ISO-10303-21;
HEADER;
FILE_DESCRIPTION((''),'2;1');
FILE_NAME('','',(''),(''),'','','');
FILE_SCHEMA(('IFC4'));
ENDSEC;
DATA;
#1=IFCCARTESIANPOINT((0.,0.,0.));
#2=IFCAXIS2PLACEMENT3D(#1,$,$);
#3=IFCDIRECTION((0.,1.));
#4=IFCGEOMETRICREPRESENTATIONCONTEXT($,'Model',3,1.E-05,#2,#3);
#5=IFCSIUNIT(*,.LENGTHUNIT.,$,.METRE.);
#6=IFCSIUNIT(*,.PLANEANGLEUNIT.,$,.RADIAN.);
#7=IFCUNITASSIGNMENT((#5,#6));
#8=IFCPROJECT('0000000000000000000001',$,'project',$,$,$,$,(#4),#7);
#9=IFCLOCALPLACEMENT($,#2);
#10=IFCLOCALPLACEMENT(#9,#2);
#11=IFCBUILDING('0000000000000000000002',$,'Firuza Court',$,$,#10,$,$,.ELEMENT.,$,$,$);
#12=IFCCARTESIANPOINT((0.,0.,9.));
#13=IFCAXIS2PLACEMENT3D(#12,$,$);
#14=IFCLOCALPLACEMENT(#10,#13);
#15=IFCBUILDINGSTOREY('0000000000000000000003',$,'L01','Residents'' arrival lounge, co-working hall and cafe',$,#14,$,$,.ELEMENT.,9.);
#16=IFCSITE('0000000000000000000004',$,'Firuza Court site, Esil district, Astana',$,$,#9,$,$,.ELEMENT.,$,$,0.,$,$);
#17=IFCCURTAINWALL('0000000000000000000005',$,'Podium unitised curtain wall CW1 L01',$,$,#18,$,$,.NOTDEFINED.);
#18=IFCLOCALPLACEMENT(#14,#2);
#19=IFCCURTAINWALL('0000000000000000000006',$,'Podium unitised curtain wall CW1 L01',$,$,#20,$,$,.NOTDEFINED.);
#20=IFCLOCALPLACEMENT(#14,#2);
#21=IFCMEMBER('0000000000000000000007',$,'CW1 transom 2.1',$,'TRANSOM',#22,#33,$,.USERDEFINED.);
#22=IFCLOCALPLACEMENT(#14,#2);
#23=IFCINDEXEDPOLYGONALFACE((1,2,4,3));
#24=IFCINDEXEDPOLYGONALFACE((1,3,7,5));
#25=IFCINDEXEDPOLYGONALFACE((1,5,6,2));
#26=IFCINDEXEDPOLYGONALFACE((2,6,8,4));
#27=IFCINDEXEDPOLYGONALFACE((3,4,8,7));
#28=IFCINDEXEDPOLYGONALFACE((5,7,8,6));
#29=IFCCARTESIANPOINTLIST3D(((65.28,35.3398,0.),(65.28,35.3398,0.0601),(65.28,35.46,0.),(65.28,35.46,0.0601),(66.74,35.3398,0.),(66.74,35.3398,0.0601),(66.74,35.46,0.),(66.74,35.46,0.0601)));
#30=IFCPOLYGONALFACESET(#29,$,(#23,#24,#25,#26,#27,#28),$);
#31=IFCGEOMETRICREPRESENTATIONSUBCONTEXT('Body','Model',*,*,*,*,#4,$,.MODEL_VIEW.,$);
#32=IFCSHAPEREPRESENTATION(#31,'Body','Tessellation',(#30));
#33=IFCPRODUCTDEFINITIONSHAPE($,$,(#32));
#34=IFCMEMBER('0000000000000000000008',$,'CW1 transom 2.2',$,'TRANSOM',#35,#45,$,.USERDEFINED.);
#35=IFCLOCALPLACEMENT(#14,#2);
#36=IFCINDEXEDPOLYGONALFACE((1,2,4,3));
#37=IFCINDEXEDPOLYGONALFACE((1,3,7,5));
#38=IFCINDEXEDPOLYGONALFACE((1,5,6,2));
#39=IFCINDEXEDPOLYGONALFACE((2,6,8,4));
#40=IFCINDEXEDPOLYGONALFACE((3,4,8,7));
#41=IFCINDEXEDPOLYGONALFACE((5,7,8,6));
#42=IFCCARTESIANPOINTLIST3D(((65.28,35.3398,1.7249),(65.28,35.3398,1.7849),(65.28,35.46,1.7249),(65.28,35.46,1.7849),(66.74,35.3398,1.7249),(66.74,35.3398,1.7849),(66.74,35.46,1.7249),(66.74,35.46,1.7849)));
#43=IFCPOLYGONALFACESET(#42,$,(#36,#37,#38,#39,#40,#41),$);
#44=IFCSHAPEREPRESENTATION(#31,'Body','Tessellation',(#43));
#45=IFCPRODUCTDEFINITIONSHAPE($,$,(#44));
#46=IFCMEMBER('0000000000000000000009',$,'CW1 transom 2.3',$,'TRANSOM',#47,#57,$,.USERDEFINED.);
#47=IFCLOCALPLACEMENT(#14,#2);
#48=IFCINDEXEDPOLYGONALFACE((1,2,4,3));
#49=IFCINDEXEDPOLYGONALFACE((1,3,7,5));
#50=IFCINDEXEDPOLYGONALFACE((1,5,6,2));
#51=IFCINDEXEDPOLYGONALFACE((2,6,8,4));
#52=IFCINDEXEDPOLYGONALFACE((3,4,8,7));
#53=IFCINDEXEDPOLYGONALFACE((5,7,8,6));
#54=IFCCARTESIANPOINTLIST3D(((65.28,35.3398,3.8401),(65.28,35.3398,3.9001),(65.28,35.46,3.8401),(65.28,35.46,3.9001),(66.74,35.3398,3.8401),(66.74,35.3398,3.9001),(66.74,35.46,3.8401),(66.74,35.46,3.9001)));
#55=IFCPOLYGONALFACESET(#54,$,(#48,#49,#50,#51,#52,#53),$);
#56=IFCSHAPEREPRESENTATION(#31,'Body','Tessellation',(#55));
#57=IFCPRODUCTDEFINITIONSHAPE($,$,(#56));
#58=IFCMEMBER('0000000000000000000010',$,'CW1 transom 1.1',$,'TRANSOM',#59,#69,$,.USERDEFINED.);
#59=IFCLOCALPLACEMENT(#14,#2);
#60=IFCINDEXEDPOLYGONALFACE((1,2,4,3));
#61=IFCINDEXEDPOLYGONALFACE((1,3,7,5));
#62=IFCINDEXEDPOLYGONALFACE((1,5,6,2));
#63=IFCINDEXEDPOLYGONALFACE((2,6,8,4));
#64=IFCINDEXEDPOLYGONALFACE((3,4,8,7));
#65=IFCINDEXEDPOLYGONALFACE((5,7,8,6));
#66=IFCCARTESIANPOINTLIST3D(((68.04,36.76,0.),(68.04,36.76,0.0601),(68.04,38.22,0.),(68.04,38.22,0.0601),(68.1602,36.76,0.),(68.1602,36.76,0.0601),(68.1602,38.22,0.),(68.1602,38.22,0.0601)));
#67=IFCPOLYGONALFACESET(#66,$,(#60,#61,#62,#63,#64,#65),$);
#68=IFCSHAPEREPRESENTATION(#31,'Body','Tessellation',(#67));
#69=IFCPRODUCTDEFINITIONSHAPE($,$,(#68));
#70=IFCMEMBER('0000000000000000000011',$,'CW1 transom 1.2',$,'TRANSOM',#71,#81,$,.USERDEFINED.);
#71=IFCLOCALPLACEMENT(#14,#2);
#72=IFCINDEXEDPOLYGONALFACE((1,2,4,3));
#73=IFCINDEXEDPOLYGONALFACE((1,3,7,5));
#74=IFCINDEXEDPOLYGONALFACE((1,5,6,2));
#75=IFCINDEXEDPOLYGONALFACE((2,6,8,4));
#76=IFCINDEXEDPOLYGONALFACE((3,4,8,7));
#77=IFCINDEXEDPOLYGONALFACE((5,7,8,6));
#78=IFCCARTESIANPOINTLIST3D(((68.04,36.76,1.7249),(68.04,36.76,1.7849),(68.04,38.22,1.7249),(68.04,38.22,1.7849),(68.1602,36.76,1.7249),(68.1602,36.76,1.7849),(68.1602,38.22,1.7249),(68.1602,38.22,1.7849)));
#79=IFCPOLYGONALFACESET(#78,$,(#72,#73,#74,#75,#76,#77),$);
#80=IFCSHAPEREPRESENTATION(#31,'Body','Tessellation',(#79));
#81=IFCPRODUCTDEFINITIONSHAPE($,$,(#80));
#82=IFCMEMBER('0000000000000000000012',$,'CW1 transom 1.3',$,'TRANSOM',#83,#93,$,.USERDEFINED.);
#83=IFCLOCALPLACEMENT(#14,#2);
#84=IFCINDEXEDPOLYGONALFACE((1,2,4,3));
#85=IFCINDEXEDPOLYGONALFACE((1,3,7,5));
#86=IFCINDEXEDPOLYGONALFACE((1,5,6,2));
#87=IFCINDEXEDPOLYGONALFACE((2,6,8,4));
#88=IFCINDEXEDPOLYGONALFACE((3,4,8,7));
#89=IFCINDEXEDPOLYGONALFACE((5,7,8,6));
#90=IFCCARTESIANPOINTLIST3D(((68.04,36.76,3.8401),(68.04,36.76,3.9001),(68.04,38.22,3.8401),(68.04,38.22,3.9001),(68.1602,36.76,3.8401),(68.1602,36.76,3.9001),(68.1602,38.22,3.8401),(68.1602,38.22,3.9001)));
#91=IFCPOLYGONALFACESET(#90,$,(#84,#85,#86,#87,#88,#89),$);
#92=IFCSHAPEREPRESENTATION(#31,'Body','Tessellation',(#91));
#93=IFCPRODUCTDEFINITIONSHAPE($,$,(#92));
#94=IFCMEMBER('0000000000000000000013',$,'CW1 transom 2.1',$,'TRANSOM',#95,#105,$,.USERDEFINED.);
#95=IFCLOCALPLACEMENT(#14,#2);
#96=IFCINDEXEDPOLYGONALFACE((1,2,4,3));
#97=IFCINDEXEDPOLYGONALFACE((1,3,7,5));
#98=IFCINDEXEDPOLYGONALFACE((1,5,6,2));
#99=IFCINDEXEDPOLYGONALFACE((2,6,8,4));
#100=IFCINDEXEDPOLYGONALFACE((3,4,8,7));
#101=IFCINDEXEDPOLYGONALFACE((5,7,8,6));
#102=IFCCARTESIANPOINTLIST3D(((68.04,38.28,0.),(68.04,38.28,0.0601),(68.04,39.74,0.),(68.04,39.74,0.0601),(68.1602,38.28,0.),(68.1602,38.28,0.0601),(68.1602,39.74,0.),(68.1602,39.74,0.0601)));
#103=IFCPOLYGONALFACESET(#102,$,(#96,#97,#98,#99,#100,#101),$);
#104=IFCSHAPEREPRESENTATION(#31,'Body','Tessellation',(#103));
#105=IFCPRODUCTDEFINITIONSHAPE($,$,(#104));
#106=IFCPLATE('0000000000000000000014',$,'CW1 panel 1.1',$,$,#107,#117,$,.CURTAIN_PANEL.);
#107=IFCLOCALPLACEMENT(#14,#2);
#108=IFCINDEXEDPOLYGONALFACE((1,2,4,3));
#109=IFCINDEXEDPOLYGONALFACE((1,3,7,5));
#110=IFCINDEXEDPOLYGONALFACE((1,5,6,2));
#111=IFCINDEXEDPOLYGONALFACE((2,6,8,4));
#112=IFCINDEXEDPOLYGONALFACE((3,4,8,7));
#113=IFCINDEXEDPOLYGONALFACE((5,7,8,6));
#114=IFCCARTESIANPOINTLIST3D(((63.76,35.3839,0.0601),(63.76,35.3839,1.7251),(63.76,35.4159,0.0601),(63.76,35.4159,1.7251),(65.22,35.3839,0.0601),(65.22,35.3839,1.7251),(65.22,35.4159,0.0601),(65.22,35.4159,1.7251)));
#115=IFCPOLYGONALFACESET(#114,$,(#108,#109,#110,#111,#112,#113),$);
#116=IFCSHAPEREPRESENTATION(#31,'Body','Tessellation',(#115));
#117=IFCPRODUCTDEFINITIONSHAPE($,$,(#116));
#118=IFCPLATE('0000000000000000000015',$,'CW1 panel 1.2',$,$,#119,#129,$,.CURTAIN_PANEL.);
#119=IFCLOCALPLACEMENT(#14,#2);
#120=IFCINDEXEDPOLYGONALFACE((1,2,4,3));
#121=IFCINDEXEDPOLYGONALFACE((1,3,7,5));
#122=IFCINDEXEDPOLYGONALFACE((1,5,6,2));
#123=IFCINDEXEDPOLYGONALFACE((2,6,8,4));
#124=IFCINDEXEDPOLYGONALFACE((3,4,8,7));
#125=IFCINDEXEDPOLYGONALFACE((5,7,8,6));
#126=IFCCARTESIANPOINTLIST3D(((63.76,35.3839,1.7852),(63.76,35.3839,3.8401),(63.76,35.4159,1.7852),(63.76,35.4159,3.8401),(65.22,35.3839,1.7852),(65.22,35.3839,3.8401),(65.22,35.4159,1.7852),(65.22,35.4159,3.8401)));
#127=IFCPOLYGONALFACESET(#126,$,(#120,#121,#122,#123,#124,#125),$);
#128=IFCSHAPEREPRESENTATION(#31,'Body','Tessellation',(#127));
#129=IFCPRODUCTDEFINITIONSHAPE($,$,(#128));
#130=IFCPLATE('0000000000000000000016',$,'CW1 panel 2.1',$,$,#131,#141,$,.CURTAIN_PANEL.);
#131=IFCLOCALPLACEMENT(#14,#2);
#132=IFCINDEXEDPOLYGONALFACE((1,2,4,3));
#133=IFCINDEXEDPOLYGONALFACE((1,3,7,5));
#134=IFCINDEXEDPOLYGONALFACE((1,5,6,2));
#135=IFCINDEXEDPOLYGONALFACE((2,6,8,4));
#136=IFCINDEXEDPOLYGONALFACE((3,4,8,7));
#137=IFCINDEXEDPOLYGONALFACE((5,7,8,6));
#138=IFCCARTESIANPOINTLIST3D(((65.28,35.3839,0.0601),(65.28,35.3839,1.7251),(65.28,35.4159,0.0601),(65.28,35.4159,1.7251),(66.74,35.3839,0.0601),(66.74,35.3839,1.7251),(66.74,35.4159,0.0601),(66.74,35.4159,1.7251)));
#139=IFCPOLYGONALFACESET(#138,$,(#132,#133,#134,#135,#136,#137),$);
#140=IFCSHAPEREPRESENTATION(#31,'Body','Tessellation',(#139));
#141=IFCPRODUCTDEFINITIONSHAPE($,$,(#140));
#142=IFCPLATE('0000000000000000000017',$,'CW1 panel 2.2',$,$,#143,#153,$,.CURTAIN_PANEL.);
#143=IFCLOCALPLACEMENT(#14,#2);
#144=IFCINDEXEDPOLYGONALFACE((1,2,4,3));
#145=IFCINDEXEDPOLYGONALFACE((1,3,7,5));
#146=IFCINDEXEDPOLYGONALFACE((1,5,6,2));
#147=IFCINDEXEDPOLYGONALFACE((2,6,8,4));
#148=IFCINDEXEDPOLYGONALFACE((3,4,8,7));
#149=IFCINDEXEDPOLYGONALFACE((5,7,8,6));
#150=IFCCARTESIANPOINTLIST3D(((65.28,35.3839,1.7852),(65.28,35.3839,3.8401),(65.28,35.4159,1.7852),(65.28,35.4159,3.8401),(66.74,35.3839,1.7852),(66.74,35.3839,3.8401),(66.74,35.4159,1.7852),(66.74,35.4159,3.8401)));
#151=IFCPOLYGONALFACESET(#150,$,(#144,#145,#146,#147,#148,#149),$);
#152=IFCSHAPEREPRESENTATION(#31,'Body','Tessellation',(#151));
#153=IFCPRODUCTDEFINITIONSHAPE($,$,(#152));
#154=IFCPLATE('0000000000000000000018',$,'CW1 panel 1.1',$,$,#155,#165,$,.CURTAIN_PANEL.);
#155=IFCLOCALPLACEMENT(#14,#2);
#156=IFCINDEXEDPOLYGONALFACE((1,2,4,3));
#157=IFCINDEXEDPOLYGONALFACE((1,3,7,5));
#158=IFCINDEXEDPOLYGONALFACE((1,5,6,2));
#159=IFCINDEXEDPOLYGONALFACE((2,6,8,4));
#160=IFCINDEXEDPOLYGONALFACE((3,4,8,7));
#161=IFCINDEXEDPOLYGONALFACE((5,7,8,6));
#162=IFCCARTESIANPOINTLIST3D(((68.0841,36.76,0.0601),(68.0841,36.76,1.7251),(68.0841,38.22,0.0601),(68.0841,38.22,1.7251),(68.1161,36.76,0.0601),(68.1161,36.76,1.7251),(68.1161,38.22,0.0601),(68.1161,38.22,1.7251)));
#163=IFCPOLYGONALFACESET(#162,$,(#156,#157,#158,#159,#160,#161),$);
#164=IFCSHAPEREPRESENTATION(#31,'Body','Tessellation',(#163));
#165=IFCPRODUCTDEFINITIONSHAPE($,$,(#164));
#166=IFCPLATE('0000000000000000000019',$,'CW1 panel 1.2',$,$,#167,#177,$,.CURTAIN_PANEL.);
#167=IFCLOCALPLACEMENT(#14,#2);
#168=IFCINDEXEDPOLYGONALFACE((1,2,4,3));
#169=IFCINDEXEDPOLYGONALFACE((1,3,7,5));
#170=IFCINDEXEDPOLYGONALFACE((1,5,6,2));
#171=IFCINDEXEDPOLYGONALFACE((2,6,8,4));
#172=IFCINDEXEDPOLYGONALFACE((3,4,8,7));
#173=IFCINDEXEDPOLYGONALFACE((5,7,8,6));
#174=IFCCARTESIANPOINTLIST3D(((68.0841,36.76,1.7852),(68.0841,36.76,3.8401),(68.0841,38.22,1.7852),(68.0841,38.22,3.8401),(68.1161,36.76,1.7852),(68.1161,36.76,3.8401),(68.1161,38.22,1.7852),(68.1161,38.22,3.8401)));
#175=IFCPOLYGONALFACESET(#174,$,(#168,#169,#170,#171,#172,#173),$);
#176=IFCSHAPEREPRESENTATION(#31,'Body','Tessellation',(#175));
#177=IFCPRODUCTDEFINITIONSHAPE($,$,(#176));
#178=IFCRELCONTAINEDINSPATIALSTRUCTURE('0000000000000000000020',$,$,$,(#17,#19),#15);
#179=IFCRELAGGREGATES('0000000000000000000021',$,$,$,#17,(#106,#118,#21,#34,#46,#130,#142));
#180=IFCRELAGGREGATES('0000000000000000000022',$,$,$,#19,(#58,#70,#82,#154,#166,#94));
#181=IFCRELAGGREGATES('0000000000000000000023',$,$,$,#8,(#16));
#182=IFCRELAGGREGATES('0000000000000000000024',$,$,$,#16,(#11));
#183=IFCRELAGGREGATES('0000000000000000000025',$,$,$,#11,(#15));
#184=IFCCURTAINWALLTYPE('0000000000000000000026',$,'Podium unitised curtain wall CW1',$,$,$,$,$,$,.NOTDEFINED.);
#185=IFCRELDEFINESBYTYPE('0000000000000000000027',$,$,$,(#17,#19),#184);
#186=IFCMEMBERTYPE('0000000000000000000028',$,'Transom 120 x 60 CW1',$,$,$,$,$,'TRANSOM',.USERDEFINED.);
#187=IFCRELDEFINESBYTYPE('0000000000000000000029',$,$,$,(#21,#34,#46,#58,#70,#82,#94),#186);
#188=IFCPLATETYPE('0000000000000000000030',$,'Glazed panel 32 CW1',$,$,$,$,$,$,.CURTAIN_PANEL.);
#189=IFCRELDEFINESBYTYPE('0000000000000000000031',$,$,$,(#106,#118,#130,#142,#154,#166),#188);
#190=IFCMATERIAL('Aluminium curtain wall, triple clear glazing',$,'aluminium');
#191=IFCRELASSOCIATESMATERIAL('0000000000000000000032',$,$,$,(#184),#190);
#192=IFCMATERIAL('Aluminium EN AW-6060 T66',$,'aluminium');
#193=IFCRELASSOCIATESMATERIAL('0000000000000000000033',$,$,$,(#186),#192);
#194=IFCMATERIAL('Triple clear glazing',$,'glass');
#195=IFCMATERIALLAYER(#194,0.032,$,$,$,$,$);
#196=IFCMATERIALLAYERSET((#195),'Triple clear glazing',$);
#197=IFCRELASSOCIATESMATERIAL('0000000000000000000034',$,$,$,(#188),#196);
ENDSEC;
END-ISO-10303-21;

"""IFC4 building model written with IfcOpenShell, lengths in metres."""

from ifc_helpers import new_model, si_unit, direction, frame, origin, origin_2d, place, context, subcontext, project, spatial, rectangle, extrude, material, layer, layer_set, material_profile, profile_set, type_object, element, aggregate, save


model = new_model("IFC4")

# Units and contexts
model_context = context("Model", 3, precision=1e-05, world=origin(), true_north=direction((0.0, 1.0)))
body_context = subcontext(model_context, "Body", "Model", "MODEL_VIEW")
ifc_project = project(units=[si_unit("LENGTHUNIT", "METRE"), si_unit("PLANEANGLEUNIT", "RADIAN")], contexts=[model_context])

# Site, building, storey
site_placement = place(None, origin())
site = spatial("IfcSite", under=ifc_project, at=site_placement, Name="Firuza Court site, Esil district, Astana", CompositionType="ELEMENT", RefElevation=0.0)
building_placement = place(site_placement, origin())
building = spatial("IfcBuilding", under=site, at=building_placement, Name="Firuza Court", CompositionType="ELEMENT")
storey_placement = place(building_placement, frame((0.0, 0.0, 9.0)))
storey = spatial("IfcBuildingStorey", under=building, at=storey_placement, Name="L01", Description="Residents' arrival lounge, co-working hall and cafe", CompositionType="ELEMENT", Elevation=9.0)

# Curtain walls
ifc_material_1 = material(Name="Aluminium curtain wall, triple clear glazing", Category="aluminium")
curtain_wall_type = type_object("IfcCurtainWallType", Name="Podium unitised curtain wall CW1", PredefinedType="NOTDEFINED", material=ifc_material_1)
curtain_wall_1_placement = place(storey_placement, origin())
curtain_wall_1 = element("IfcCurtainWall", 1, at=curtain_wall_1_placement, inside=storey, type_object=curtain_wall_type, Name="Podium unitised curtain wall CW1 L01", PredefinedType="NOTDEFINED")
curtain_wall_2_placement = place(storey_placement, origin())
curtain_wall_2 = element("IfcCurtainWall", 2, at=curtain_wall_2_placement, inside=storey, type_object=curtain_wall_type, Name="Podium unitised curtain wall CW1 L01", PredefinedType="NOTDEFINED")

# Members
ifc_material_2 = material(Name="Aluminium EN AW-6060 T66", Category="aluminium")
ifc_material_profile_1 = material_profile(ifc_material_2, rectangle(XDim=0.1201, YDim=0.0601, at=origin_2d()), Name="Transom 120 x 60 CW1")
ifc_profile_set_1 = profile_set([ifc_material_profile_1], Name="Aluminium EN AW-6060 T66")
member_type_1 = type_object("IfcMemberType", Name="Transom 120 x 60 CW1", ElementType="TRANSOM", PredefinedType="USERDEFINED", material=ifc_profile_set_1)
member_1_placement = place(storey_placement, frame((65.28, 35.3999, 0.03), z_axis=(1.0, 0.0, 0.0), x_axis=(0.0, 1.0, 0.0)))
member_1 = element("IfcMember", 3, at=member_1_placement, type_object=member_type_1, Name="CW1 transom 2.1", ObjectType="TRANSOM", PredefinedType="USERDEFINED", context=body_context, shape_type="SweptSolid", body=[
    extrude(rectangle(XDim=0.1201, YDim=0.0601, at=origin_2d()), origin(), (0.0, 0.0, 1.0), 1.46),
])
member_2_placement = place(storey_placement, frame((65.28, 35.3999, 1.7549), z_axis=(1.0, 0.0, 0.0), x_axis=(0.0, 1.0, 0.0)))
member_2 = element("IfcMember", 4, at=member_2_placement, type_object=member_type_1, Name="CW1 transom 2.2", ObjectType="TRANSOM", PredefinedType="USERDEFINED", context=body_context, shape_type="SweptSolid", body=[
    extrude(rectangle(XDim=0.1201, YDim=0.0601, at=origin_2d()), origin(), (0.0, 0.0, 1.0), 1.46),
])
member_3_placement = place(storey_placement, frame((65.28, 35.3999, 3.8701), z_axis=(1.0, 0.0, 0.0), x_axis=(0.0, 1.0, 0.0)))
member_3 = element("IfcMember", 5, at=member_3_placement, type_object=member_type_1, Name="CW1 transom 2.3", ObjectType="TRANSOM", PredefinedType="USERDEFINED", context=body_context, shape_type="SweptSolid", body=[
    extrude(rectangle(XDim=0.1201, YDim=0.0601, at=origin_2d()), origin(), (0.0, 0.0, 1.0), 1.46),
])
member_4_placement = place(storey_placement, frame((68.1001, 36.76, 0.03), z_axis=(0.0, 1.0, 0.0), x_axis=(-1.0, 0.0, 0.0)))
member_4 = element("IfcMember", 6, at=member_4_placement, type_object=member_type_1, Name="CW1 transom 1.1", ObjectType="TRANSOM", PredefinedType="USERDEFINED", context=body_context, shape_type="SweptSolid", body=[
    extrude(rectangle(XDim=0.1201, YDim=0.0601, at=origin_2d()), origin(), (0.0, 0.0, 1.0), 1.46),
])
member_5_placement = place(storey_placement, frame((68.1001, 36.76, 1.7549), z_axis=(0.0, 1.0, 0.0), x_axis=(-1.0, 0.0, 0.0)))
member_5 = element("IfcMember", 7, at=member_5_placement, type_object=member_type_1, Name="CW1 transom 1.2", ObjectType="TRANSOM", PredefinedType="USERDEFINED", context=body_context, shape_type="SweptSolid", body=[
    extrude(rectangle(XDim=0.1201, YDim=0.0601, at=origin_2d()), origin(), (0.0, 0.0, 1.0), 1.46),
])
member_6_placement = place(storey_placement, frame((68.1001, 36.76, 3.8701), z_axis=(0.0, 1.0, 0.0), x_axis=(-1.0, 0.0, 0.0)))
member_6 = element("IfcMember", 8, at=member_6_placement, type_object=member_type_1, Name="CW1 transom 1.3", ObjectType="TRANSOM", PredefinedType="USERDEFINED", context=body_context, shape_type="SweptSolid", body=[
    extrude(rectangle(XDim=0.1201, YDim=0.0601, at=origin_2d()), origin(), (0.0, 0.0, 1.0), 1.46),
])
member_7_placement = place(storey_placement, frame((68.1001, 38.28, 0.03), z_axis=(0.0, 1.0, 0.0), x_axis=(-1.0, 0.0, 0.0)))
member_7 = element("IfcMember", 9, at=member_7_placement, type_object=member_type_1, Name="CW1 transom 2.1", ObjectType="TRANSOM", PredefinedType="USERDEFINED", context=body_context, shape_type="SweptSolid", body=[
    extrude(rectangle(XDim=0.1201, YDim=0.0601, at=origin_2d()), origin(), (0.0, 0.0, 1.0), 1.46),
])

# Plates
ifc_material_3 = material(Name="Triple clear glazing", Category="glass")
ifc_layer_1 = layer(ifc_material_3, 0.032)
ifc_layer_set_1 = layer_set([ifc_layer_1], Name="Triple clear glazing")
plate_type = type_object("IfcPlateType", Name="Glazed panel 32 CW1", PredefinedType="CURTAIN_PANEL", material=ifc_layer_set_1)
plate_1_placement = place(storey_placement, frame((64.49, 35.3999, 0.0601), z_axis=(0.0, 0.0, 1.0), x_axis=(1.0, 0.0, 0.0)))
plate_1 = element("IfcPlate", 10, at=plate_1_placement, type_object=plate_type, Name="CW1 panel 1.1", PredefinedType="CURTAIN_PANEL", context=body_context, shape_type="SweptSolid", body=[
    extrude(rectangle(XDim=1.46, YDim=0.032, at=origin_2d()), origin(), (0.0, 0.0, 1.0), 1.665),
])
plate_2_placement = place(storey_placement, frame((64.49, 35.3999, 1.7852), z_axis=(0.0, 0.0, 1.0), x_axis=(1.0, 0.0, 0.0)))
plate_2 = element("IfcPlate", 11, at=plate_2_placement, type_object=plate_type, Name="CW1 panel 1.2", PredefinedType="CURTAIN_PANEL", context=body_context, shape_type="SweptSolid", body=[
    extrude(rectangle(XDim=1.46, YDim=0.032, at=origin_2d()), origin(), (0.0, 0.0, 1.0), 2.0549),
])
plate_3_placement = place(storey_placement, frame((66.01, 35.3999, 0.0601), z_axis=(0.0, 0.0, 1.0), x_axis=(1.0, 0.0, 0.0)))
plate_3 = element("IfcPlate", 12, at=plate_3_placement, type_object=plate_type, Name="CW1 panel 2.1", PredefinedType="CURTAIN_PANEL", context=body_context, shape_type="SweptSolid", body=[
    extrude(rectangle(XDim=1.46, YDim=0.032, at=origin_2d()), origin(), (0.0, 0.0, 1.0), 1.665),
])
plate_4_placement = place(storey_placement, frame((66.01, 35.3999, 1.7852), z_axis=(0.0, 0.0, 1.0), x_axis=(1.0, 0.0, 0.0)))
plate_4 = element("IfcPlate", 13, at=plate_4_placement, type_object=plate_type, Name="CW1 panel 2.2", PredefinedType="CURTAIN_PANEL", context=body_context, shape_type="SweptSolid", body=[
    extrude(rectangle(XDim=1.46, YDim=0.032, at=origin_2d()), origin(), (0.0, 0.0, 1.0), 2.0549),
])
aggregate(curtain_wall_1, [plate_1, plate_2, member_1, member_2, member_3, plate_3, plate_4])
plate_5_placement = place(storey_placement, frame((68.1001, 37.49, 0.0601), z_axis=(0.0, 0.0, 1.0), x_axis=(0.0, 1.0, 0.0)))
plate_5 = element("IfcPlate", 14, at=plate_5_placement, type_object=plate_type, Name="CW1 panel 1.1", PredefinedType="CURTAIN_PANEL", context=body_context, shape_type="SweptSolid", body=[
    extrude(rectangle(XDim=1.46, YDim=0.032, at=origin_2d()), origin(), (0.0, 0.0, 1.0), 1.665),
])
plate_6_placement = place(storey_placement, frame((68.1001, 37.49, 1.7852), z_axis=(0.0, 0.0, 1.0), x_axis=(0.0, 1.0, 0.0)))
plate_6 = element("IfcPlate", 15, at=plate_6_placement, type_object=plate_type, Name="CW1 panel 1.2", PredefinedType="CURTAIN_PANEL", context=body_context, shape_type="SweptSolid", body=[
    extrude(rectangle(XDim=1.46, YDim=0.032, at=origin_2d()), origin(), (0.0, 0.0, 1.0), 2.0549),
])
aggregate(curtain_wall_2, [member_4, member_5, member_6, plate_5, plate_6, member_7])

save(model, "model.ifc")
